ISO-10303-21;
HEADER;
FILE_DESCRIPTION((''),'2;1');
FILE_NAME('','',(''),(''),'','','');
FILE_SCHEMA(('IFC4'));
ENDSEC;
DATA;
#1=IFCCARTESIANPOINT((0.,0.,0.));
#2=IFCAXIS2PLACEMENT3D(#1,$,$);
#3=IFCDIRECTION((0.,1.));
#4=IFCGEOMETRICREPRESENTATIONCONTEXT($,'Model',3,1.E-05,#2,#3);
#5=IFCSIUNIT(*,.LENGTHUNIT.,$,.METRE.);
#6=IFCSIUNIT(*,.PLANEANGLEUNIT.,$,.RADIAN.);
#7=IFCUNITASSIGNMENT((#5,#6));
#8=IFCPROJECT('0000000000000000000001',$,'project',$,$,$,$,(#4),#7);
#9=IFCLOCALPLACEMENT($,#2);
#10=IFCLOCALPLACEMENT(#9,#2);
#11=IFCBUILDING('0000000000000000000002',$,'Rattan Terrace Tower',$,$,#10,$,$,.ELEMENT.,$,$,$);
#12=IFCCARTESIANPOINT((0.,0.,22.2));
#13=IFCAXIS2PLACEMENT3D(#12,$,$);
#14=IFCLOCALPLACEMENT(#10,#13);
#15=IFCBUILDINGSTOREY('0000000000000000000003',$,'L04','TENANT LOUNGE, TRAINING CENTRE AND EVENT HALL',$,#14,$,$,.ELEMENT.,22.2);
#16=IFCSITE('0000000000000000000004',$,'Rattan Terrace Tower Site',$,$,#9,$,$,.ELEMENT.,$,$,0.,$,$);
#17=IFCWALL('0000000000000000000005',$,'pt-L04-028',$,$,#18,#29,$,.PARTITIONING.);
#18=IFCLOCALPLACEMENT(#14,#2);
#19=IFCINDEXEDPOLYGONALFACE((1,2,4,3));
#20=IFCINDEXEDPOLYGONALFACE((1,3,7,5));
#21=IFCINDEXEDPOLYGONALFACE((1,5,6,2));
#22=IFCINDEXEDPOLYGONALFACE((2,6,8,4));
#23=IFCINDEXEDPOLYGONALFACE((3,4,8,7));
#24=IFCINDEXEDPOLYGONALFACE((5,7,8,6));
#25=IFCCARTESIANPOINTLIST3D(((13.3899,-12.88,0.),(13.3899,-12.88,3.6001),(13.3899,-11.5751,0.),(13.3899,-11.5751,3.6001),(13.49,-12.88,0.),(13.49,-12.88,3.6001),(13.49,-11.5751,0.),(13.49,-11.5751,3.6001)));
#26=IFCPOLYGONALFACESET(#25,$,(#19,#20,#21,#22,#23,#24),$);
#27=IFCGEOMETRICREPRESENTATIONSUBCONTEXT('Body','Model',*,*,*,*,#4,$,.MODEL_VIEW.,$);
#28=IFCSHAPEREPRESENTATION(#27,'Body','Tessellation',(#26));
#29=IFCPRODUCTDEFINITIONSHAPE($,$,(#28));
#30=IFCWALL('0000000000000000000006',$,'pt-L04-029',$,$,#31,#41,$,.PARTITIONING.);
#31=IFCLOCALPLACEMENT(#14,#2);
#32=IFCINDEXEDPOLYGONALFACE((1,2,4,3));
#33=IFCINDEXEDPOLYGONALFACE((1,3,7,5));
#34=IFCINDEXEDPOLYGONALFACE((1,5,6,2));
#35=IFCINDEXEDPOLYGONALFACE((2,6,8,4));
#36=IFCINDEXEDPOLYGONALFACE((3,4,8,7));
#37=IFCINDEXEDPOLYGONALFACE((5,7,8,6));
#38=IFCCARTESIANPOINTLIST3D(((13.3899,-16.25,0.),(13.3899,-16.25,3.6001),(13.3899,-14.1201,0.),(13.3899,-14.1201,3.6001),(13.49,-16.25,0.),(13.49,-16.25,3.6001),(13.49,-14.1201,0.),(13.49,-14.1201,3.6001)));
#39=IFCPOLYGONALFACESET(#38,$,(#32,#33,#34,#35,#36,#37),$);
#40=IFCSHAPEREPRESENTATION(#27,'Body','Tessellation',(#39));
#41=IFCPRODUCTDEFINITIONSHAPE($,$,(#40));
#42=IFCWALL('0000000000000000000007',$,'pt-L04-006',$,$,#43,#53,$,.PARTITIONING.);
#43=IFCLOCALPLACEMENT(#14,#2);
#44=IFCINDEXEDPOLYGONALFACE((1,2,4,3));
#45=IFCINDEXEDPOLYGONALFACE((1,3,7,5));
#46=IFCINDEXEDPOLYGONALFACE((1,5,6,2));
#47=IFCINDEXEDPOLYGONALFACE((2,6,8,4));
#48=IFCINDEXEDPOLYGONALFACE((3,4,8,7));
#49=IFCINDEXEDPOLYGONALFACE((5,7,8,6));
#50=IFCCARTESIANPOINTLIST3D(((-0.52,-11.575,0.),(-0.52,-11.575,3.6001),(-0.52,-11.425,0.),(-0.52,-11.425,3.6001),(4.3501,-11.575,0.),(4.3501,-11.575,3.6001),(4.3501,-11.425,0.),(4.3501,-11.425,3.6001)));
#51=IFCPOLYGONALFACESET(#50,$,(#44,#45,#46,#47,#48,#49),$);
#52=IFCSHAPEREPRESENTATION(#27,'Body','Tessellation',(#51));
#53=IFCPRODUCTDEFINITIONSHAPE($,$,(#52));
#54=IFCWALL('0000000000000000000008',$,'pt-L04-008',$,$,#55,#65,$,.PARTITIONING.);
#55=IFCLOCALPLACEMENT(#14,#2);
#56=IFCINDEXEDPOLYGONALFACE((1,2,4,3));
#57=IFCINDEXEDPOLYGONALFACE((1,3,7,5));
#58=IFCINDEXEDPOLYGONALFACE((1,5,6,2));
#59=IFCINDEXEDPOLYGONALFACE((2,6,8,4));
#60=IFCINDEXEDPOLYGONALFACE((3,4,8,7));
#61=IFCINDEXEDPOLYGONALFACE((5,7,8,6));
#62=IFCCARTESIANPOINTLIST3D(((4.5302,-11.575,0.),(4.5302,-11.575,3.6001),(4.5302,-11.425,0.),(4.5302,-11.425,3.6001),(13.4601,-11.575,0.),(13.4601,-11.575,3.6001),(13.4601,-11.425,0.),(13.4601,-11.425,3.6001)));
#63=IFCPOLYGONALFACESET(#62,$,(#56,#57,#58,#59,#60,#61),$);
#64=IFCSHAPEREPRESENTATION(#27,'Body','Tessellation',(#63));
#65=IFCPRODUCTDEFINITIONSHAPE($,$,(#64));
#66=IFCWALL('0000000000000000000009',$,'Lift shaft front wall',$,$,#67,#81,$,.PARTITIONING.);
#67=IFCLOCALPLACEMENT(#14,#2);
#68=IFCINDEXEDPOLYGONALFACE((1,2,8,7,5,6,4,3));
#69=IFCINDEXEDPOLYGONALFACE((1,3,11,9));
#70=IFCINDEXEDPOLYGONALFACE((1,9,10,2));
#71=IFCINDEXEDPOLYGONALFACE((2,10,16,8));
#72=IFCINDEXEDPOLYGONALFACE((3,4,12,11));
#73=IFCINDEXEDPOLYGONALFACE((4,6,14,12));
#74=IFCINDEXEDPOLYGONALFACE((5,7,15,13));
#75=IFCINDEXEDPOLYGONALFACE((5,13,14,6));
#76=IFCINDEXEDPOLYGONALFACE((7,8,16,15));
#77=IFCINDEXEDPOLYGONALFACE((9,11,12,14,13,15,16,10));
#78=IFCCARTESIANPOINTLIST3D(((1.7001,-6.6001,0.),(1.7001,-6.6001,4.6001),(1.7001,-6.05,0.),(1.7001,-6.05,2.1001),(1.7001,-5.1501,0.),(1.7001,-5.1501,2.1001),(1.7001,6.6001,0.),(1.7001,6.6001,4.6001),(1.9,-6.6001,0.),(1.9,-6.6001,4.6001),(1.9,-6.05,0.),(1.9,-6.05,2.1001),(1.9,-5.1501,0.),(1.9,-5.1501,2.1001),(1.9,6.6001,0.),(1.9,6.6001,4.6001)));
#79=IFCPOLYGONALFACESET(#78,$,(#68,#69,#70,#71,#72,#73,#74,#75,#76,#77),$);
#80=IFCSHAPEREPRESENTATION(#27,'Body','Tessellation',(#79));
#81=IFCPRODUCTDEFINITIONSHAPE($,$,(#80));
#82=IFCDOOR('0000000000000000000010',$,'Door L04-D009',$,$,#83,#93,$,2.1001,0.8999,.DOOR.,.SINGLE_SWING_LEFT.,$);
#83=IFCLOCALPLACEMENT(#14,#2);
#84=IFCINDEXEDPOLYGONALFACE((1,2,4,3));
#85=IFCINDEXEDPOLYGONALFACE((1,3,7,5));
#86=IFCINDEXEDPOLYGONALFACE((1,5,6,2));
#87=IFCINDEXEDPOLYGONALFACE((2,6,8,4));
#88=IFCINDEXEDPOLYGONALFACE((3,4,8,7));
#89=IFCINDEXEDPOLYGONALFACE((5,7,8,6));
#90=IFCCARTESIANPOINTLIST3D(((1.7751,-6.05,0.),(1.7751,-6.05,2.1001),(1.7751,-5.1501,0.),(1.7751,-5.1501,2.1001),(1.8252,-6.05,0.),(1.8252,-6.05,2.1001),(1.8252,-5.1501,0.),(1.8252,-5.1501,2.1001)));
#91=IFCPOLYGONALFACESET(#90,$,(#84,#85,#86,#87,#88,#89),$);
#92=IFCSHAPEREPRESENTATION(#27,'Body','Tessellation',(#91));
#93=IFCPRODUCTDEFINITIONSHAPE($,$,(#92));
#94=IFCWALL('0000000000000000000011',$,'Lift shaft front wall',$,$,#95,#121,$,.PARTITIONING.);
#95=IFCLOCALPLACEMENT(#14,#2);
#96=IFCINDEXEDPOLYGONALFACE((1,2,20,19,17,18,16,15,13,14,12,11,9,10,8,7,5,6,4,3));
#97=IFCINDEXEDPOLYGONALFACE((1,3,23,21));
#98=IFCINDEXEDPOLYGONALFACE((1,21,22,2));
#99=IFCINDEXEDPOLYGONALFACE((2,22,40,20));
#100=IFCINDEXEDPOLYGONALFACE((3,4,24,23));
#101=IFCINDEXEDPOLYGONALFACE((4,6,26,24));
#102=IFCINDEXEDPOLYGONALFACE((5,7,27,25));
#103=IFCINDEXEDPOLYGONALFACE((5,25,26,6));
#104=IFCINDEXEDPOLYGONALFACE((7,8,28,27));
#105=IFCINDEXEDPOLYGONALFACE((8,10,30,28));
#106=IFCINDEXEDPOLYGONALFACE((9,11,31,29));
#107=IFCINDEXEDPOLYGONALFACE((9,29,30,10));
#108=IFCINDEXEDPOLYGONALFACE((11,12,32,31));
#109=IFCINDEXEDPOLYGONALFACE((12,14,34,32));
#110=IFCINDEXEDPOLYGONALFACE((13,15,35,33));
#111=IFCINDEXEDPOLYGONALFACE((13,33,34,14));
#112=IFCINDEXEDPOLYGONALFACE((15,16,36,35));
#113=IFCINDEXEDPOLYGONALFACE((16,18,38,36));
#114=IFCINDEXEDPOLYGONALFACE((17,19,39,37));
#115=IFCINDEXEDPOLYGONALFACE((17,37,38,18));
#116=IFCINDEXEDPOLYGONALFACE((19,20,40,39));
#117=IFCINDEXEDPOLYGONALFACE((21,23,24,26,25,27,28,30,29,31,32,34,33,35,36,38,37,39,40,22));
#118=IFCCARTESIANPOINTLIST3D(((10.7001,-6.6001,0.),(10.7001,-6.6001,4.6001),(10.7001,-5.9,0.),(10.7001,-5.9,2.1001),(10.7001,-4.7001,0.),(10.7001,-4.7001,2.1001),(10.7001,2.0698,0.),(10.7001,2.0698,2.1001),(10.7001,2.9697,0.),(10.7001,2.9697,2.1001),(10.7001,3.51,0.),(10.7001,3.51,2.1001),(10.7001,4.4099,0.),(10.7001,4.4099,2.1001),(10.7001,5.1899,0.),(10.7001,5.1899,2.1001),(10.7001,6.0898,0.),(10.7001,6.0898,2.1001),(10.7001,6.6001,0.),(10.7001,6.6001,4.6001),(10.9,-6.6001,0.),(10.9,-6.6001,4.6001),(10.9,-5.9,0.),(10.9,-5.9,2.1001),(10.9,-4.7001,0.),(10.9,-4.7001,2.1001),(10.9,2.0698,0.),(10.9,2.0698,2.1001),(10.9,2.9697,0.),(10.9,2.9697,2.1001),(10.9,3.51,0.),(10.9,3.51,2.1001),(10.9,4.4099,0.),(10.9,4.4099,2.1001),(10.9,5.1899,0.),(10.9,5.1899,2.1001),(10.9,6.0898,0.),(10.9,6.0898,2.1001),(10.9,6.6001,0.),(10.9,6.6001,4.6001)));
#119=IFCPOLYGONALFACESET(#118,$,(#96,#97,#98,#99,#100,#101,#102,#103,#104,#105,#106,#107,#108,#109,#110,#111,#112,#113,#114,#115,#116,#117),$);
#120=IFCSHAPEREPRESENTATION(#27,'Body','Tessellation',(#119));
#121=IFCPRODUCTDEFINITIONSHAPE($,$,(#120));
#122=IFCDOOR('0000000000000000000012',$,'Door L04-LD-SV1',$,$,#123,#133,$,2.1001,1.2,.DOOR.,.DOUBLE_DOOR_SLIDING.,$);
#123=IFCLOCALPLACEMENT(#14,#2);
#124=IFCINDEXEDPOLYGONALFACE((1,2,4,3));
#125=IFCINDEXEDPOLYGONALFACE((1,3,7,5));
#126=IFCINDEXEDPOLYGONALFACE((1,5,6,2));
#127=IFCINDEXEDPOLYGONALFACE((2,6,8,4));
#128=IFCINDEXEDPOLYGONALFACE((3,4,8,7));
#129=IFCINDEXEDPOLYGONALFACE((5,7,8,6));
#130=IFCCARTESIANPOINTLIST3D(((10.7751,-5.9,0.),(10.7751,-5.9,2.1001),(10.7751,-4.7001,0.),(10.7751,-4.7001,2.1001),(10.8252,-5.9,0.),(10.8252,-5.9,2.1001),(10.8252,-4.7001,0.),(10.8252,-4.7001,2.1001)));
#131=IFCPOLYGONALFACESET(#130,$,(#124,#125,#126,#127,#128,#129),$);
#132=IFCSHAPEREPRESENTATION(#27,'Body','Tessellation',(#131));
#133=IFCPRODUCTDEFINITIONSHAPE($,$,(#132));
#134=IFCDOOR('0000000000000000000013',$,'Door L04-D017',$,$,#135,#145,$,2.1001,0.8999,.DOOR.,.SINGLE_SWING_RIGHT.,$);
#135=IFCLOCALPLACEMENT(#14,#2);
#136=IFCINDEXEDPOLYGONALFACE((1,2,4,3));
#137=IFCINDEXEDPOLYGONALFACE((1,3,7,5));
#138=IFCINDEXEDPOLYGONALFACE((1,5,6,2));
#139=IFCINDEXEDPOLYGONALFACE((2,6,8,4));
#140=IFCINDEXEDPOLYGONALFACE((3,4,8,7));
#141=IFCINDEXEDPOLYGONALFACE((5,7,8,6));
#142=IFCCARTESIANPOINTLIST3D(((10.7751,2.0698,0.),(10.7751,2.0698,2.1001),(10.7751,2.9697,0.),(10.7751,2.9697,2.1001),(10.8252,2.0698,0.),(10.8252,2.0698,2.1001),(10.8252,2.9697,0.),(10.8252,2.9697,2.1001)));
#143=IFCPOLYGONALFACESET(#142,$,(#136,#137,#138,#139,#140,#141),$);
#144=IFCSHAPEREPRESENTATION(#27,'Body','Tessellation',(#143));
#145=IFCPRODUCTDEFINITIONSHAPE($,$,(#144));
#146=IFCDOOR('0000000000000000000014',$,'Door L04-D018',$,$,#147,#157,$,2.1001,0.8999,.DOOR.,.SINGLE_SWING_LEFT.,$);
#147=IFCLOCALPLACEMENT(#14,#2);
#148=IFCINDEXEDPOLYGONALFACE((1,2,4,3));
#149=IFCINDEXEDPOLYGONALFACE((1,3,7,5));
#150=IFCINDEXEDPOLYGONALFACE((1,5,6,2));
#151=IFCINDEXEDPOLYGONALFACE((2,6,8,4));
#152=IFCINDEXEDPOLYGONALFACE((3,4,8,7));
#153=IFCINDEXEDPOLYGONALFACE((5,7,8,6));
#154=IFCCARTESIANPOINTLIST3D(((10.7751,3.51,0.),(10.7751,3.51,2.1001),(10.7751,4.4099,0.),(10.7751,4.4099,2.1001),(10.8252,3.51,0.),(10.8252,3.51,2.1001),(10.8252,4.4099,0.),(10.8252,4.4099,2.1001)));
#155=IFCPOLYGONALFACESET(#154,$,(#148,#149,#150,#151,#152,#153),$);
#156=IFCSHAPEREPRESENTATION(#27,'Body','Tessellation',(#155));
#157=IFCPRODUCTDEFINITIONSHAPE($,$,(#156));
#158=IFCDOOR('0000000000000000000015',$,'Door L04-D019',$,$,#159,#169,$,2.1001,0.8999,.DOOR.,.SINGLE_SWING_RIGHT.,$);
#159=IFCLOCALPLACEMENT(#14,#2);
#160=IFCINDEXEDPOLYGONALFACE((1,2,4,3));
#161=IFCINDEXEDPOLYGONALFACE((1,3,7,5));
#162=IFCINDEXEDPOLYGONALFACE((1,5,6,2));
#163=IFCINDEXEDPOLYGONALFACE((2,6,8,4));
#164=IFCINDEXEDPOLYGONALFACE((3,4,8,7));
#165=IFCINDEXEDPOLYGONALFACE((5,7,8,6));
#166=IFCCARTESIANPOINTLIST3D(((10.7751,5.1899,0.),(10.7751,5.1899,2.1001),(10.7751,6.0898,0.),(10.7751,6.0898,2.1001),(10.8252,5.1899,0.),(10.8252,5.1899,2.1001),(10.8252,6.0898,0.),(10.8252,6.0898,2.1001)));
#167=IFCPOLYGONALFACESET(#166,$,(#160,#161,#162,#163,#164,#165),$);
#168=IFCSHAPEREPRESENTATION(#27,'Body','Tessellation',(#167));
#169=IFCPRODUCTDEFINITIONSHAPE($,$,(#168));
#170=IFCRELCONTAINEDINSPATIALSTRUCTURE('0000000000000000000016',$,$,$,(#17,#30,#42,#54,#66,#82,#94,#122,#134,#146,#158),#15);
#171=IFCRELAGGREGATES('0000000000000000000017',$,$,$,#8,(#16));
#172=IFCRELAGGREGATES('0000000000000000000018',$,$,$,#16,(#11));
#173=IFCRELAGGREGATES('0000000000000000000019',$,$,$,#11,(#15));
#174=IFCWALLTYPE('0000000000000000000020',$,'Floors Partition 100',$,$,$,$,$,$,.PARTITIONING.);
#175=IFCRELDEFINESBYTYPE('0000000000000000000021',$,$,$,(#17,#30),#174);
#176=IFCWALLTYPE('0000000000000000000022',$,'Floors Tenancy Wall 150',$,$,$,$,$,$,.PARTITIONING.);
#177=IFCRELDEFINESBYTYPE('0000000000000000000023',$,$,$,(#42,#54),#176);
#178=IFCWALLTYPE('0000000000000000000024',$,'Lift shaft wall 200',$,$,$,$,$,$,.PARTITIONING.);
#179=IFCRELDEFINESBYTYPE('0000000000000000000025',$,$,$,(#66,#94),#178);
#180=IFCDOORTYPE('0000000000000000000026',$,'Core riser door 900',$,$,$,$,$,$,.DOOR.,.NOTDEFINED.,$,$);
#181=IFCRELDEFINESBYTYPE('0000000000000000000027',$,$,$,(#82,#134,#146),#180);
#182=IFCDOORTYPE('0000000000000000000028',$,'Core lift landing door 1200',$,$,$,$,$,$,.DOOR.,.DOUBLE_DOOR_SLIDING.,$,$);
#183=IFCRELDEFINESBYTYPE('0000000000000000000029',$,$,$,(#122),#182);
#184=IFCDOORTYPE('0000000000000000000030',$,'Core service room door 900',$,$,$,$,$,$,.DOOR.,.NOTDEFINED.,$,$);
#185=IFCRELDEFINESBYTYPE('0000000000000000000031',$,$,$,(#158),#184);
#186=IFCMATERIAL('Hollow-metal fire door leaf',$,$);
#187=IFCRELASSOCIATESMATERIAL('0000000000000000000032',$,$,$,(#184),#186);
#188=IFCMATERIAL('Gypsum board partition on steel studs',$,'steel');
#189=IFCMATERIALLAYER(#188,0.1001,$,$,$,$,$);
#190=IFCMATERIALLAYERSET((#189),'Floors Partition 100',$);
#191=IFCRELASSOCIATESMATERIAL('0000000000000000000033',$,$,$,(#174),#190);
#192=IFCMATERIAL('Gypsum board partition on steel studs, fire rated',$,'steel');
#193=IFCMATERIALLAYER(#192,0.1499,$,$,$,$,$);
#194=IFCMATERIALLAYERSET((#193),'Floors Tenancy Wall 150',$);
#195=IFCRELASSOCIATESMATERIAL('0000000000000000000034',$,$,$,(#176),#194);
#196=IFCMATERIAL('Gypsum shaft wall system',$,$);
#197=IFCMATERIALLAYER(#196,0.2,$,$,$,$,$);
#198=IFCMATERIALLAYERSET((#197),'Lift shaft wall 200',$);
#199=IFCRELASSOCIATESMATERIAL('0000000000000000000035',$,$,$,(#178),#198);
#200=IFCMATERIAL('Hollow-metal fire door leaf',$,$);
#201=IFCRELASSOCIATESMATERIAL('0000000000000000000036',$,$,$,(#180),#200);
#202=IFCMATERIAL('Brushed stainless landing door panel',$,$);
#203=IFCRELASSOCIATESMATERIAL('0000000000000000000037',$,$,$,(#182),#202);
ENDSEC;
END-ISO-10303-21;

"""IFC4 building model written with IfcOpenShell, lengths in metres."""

from ifc_helpers import new_model, si_unit, direction, frame, frame_2d, origin, place, context, subcontext, project, spatial, rectangle, extrude, material, layer, layer_set, type_object, element, fill, save


model = new_model("IFC4")

# Units and contexts
model_context = context("Model", 3, precision=1e-05, world=origin(), true_north=direction((0.0, 1.0)))
body_context = subcontext(model_context, "Body", "Model", "MODEL_VIEW")
ifc_project = project(units=[si_unit("LENGTHUNIT", "METRE"), si_unit("PLANEANGLEUNIT", "RADIAN")], contexts=[model_context])

# Site, building, storey
site_placement = place(None, origin())
site = spatial("IfcSite", under=ifc_project, at=site_placement, Name="Rattan Terrace Tower Site", CompositionType="ELEMENT", RefElevation=0.0)
building_placement = place(site_placement, origin())
building = spatial("IfcBuilding", under=site, at=building_placement, Name="Rattan Terrace Tower", CompositionType="ELEMENT")
storey_placement = place(building_placement, frame((0.0, 0.0, 22.2)))
storey = spatial("IfcBuildingStorey", under=building, at=storey_placement, Name="L04", Description="TENANT LOUNGE, TRAINING CENTRE AND EVENT HALL", CompositionType="ELEMENT", Elevation=22.2)

# Shared definitions
ifc_material_1 = material(Name="Hollow-metal fire door leaf")
door_type_1 = type_object("IfcDoorType", Name="Core service room door 900", OperationType="NOTDEFINED", PredefinedType="DOOR", material=ifc_material_1)

# Walls
ifc_material_2 = material(Name="Gypsum board partition on steel studs", Category="steel")
ifc_layer_1 = layer(ifc_material_2, 0.1001)
ifc_layer_set_1 = layer_set([ifc_layer_1], Name="Floors Partition 100")
wall_type_1 = type_object("IfcWallType", Name="Floors Partition 100", PredefinedType="PARTITIONING", material=ifc_layer_set_1)
wall_1_placement = place(storey_placement, frame((13.4399, -12.8799, 0.0), z_axis=(0.0, 0.0, 1.0), x_axis=(0.0, 1.0, 0.0)))
element("IfcWall", 1, at=wall_1_placement, inside=storey, type_object=wall_type_1, Name="pt-L04-028", PredefinedType="PARTITIONING", context=body_context, shape_type="SweptSolid", body=[
    extrude(rectangle(XDim=1.3049, YDim=0.1001, at=frame_2d((0.6523, 0.0))), origin(), (0.0, 0.0, 1.0), 3.6001),
])
wall_2_placement = place(storey_placement, frame((13.4399, -16.25, 0.0), z_axis=(0.0, 0.0, 1.0), x_axis=(0.0, 1.0, 0.0)))
element("IfcWall", 2, at=wall_2_placement, inside=storey, type_object=wall_type_1, Name="pt-L04-029", PredefinedType="PARTITIONING", context=body_context, shape_type="SweptSolid", body=[
    extrude(rectangle(XDim=2.1299, YDim=0.1001, at=frame_2d((1.0649, 0.0))), origin(), (0.0, 0.0, 1.0), 3.6001),
])
ifc_material_3 = material(Name="Gypsum board partition on steel studs, fire rated", Category="steel")
ifc_layer_2 = layer(ifc_material_3, 0.1499)
ifc_layer_set_2 = layer_set([ifc_layer_2], Name="Floors Tenancy Wall 150")
wall_type_2 = type_object("IfcWallType", Name="Floors Tenancy Wall 150", PredefinedType="PARTITIONING", material=ifc_layer_set_2)
wall_3_placement = place(storey_placement, frame((4.3501, -11.5, 0.0), z_axis=(0.0, 0.0, 1.0), x_axis=(-1.0, 0.0, 0.0)))
element("IfcWall", 3, at=wall_3_placement, inside=storey, type_object=wall_type_2, Name="pt-L04-006", PredefinedType="PARTITIONING", context=body_context, shape_type="SweptSolid", body=[
    extrude(rectangle(XDim=4.8701, YDim=0.1499, at=frame_2d((2.4351, 0.0))), origin(), (0.0, 0.0, 1.0), 3.6001),
])
wall_4_placement = place(storey_placement, frame((13.46, -11.5, 0.0), z_axis=(0.0, 0.0, 1.0), x_axis=(-1.0, 0.0, 0.0)))
element("IfcWall", 4, at=wall_4_placement, inside=storey, type_object=wall_type_2, Name="pt-L04-008", PredefinedType="PARTITIONING", context=body_context, shape_type="SweptSolid", body=[
    extrude(rectangle(XDim=8.9299, YDim=0.1499, at=frame_2d((4.4648, 0.0))), origin(), (0.0, 0.0, 1.0), 3.6001),
])

# Wall, opening, door
ifc_material_4 = material(Name="Gypsum shaft wall system")
ifc_layer_3 = layer(ifc_material_4, 0.2)
ifc_layer_set_3 = layer_set([ifc_layer_3], Name="Lift shaft wall 200")
wall_type_3 = type_object("IfcWallType", Name="Lift shaft wall 200", PredefinedType="PARTITIONING", material=ifc_layer_set_3)
wall_5_placement = place(storey_placement, frame((1.8, -6.6001, 0.0), z_axis=(0.0, 0.0, 1.0), x_axis=(0.0, 1.0, 0.0)))
wall_5 = element("IfcWall", 5, at=wall_5_placement, inside=storey, type_object=wall_type_3, Name="Lift shaft front wall", PredefinedType="PARTITIONING", context=body_context, shape_type="SweptSolid", body=[
    extrude(rectangle(XDim=13.2002, YDim=0.2, at=frame_2d((6.6001, 0.0))), origin(), (0.0, 0.0, 1.0), 4.6001),
])
opening_1_placement = place(wall_5_placement, frame((0.55, 0.0, 0.0)))
opening_1 = element("IfcOpeningElement", 6, at=opening_1_placement, cuts=wall_5, PredefinedType="OPENING", context=body_context, shape_type="SweptSolid", body=[
    extrude(rectangle(XDim=0.8999, YDim=2.1001, at=frame_2d((0.45, 1.05))), frame((0.0, 0.1106, 0.0), z_axis=(0.0, -1.0, 0.0), x_axis=(1.0, 0.0, 0.0)), (0.0, 0.0, 1.0), 0.2209),
])
ifc_material_5 = material(Name="Hollow-metal fire door leaf")
door_type_2 = type_object("IfcDoorType", Name="Core riser door 900", OperationType="NOTDEFINED", PredefinedType="DOOR", material=ifc_material_5)
door_1_placement = place(opening_1_placement, origin())
door_1 = element("IfcDoor", 7, at=door_1_placement, inside=storey, type_object=door_type_2, Name="Door L04-D009", OperationType="SINGLE_SWING_LEFT", OverallHeight=2.1001, OverallWidth=0.8999, PredefinedType="DOOR", context=body_context, shape_type="SweptSolid", body=[
    extrude(rectangle(XDim=0.8999, YDim=2.1001, at=frame_2d((0.45, 1.05))), frame((0.0, 0.0249, 0.0), z_axis=(0.0, -1.0, 0.0), x_axis=(1.0, 0.0, 0.0)), (0.0, 0.0, 1.0), 0.05),
])
fill(opening_1, door_1)

# Wall, openings, doors
wall_6_placement = place(storey_placement, frame((10.8, -6.6001, 0.0), z_axis=(0.0, 0.0, 1.0), x_axis=(0.0, 1.0, 0.0)))
wall_6 = element("IfcWall", 8, at=wall_6_placement, inside=storey, type_object=wall_type_3, Name="Lift shaft front wall", PredefinedType="PARTITIONING", context=body_context, shape_type="SweptSolid", body=[
    extrude(rectangle(XDim=13.2002, YDim=0.2, at=frame_2d((6.6001, 0.0))), origin(), (0.0, 0.0, 1.0), 4.6001),
])
opening_2_placement = place(wall_6_placement, frame((0.7, 0.0, 0.0)))
opening_2 = element("IfcOpeningElement", 9, at=opening_2_placement, cuts=wall_6, PredefinedType="OPENING", context=body_context, shape_type="SweptSolid", body=[
    extrude(rectangle(XDim=1.2, YDim=2.1001, at=frame_2d((0.6001, 1.05))), frame((0.0, 0.1106, 0.0), z_axis=(0.0, -1.0, 0.0), x_axis=(1.0, 0.0, 0.0)), (0.0, 0.0, 1.0), 0.2209),
])
opening_3_placement = place(wall_6_placement, frame((8.6699, 0.0, 0.0)))
opening_3 = element("IfcOpeningElement", 10, at=opening_3_placement, cuts=wall_6, PredefinedType="OPENING", context=body_context, shape_type="SweptSolid", body=[
    extrude(rectangle(XDim=0.8999, YDim=2.1001, at=frame_2d((0.45, 1.05))), frame((0.0, 0.1106, 0.0), z_axis=(0.0, -1.0, 0.0), x_axis=(1.0, 0.0, 0.0)), (0.0, 0.0, 1.0), 0.2209),
])
opening_4_placement = place(wall_6_placement, frame((10.1101, 0.0, 0.0)))
opening_4 = element("IfcOpeningElement", 11, at=opening_4_placement, cuts=wall_6, PredefinedType="OPENING", context=body_context, shape_type="SweptSolid", body=[
    extrude(rectangle(XDim=0.8999, YDim=2.1001, at=frame_2d((0.45, 1.05))), frame((0.0, 0.1106, 0.0), z_axis=(0.0, -1.0, 0.0), x_axis=(1.0, 0.0, 0.0)), (0.0, 0.0, 1.0), 0.2209),
])
opening_5_placement = place(wall_6_placement, frame((11.79, 0.0, 0.0)))
opening_5 = element("IfcOpeningElement", 12, at=opening_5_placement, cuts=wall_6, PredefinedType="OPENING", context=body_context, shape_type="SweptSolid", body=[
    extrude(rectangle(XDim=0.8999, YDim=2.1001, at=frame_2d((0.45, 1.05))), frame((0.0, 0.1106, 0.0), z_axis=(0.0, -1.0, 0.0), x_axis=(1.0, 0.0, 0.0)), (0.0, 0.0, 1.0), 0.2209),
])
ifc_material_6 = material(Name="Brushed stainless landing door panel")
door_type_3 = type_object("IfcDoorType", Name="Core lift landing door 1200", OperationType="DOUBLE_DOOR_SLIDING", PredefinedType="DOOR", material=ifc_material_6)
door_2_placement = place(opening_2_placement, origin())
door_2 = element("IfcDoor", 13, at=door_2_placement, inside=storey, type_object=door_type_3, Name="Door L04-LD-SV1", OperationType="DOUBLE_DOOR_SLIDING", OverallHeight=2.1001, OverallWidth=1.2, PredefinedType="DOOR", context=body_context, shape_type="SweptSolid", body=[
    extrude(rectangle(XDim=1.2, YDim=2.1001, at=frame_2d((0.6001, 1.05))), frame((0.0, 0.0249, 0.0), z_axis=(0.0, -1.0, 0.0), x_axis=(1.0, 0.0, 0.0)), (0.0, 0.0, 1.0), 0.05),
])
fill(opening_2, door_2)
door_3_placement = place(opening_3_placement, origin())
door_3 = element("IfcDoor", 14, at=door_3_placement, inside=storey, type_object=door_type_2, Name="Door L04-D017", OperationType="SINGLE_SWING_RIGHT", OverallHeight=2.1001, OverallWidth=0.8999, PredefinedType="DOOR", context=body_context, shape_type="SweptSolid", body=[
    extrude(rectangle(XDim=0.8999, YDim=2.1001, at=frame_2d((0.45, 1.05))), frame((0.0, 0.0249, 0.0), z_axis=(0.0, -1.0, 0.0), x_axis=(1.0, 0.0, 0.0)), (0.0, 0.0, 1.0), 0.05),
])
fill(opening_3, door_3)
door_4_placement = place(opening_4_placement, origin())
door_4 = element("IfcDoor", 15, at=door_4_placement, inside=storey, type_object=door_type_2, Name="Door L04-D018", OperationType="SINGLE_SWING_LEFT", OverallHeight=2.1001, OverallWidth=0.8999, PredefinedType="DOOR", context=body_context, shape_type="SweptSolid", body=[
    extrude(rectangle(XDim=0.8999, YDim=2.1001, at=frame_2d((0.45, 1.05))), frame((0.0, 0.0249, 0.0), z_axis=(0.0, -1.0, 0.0), x_axis=(1.0, 0.0, 0.0)), (0.0, 0.0, 1.0), 0.05),
])
fill(opening_4, door_4)
door_5_placement = place(opening_5_placement, origin())
door_5 = element("IfcDoor", 16, at=door_5_placement, inside=storey, type_object=door_type_1, Name="Door L04-D019", OperationType="SINGLE_SWING_RIGHT", OverallHeight=2.1001, OverallWidth=0.8999, PredefinedType="DOOR", context=body_context, shape_type="SweptSolid", body=[
    extrude(rectangle(XDim=0.8999, YDim=2.1001, at=frame_2d((0.45, 1.05))), frame((0.0, 0.0249, 0.0), z_axis=(0.0, -1.0, 0.0), x_axis=(1.0, 0.0, 0.0)), (0.0, 0.0, 1.0), 0.05),
])
fill(opening_5, door_5)

save(model, "model.ifc")
